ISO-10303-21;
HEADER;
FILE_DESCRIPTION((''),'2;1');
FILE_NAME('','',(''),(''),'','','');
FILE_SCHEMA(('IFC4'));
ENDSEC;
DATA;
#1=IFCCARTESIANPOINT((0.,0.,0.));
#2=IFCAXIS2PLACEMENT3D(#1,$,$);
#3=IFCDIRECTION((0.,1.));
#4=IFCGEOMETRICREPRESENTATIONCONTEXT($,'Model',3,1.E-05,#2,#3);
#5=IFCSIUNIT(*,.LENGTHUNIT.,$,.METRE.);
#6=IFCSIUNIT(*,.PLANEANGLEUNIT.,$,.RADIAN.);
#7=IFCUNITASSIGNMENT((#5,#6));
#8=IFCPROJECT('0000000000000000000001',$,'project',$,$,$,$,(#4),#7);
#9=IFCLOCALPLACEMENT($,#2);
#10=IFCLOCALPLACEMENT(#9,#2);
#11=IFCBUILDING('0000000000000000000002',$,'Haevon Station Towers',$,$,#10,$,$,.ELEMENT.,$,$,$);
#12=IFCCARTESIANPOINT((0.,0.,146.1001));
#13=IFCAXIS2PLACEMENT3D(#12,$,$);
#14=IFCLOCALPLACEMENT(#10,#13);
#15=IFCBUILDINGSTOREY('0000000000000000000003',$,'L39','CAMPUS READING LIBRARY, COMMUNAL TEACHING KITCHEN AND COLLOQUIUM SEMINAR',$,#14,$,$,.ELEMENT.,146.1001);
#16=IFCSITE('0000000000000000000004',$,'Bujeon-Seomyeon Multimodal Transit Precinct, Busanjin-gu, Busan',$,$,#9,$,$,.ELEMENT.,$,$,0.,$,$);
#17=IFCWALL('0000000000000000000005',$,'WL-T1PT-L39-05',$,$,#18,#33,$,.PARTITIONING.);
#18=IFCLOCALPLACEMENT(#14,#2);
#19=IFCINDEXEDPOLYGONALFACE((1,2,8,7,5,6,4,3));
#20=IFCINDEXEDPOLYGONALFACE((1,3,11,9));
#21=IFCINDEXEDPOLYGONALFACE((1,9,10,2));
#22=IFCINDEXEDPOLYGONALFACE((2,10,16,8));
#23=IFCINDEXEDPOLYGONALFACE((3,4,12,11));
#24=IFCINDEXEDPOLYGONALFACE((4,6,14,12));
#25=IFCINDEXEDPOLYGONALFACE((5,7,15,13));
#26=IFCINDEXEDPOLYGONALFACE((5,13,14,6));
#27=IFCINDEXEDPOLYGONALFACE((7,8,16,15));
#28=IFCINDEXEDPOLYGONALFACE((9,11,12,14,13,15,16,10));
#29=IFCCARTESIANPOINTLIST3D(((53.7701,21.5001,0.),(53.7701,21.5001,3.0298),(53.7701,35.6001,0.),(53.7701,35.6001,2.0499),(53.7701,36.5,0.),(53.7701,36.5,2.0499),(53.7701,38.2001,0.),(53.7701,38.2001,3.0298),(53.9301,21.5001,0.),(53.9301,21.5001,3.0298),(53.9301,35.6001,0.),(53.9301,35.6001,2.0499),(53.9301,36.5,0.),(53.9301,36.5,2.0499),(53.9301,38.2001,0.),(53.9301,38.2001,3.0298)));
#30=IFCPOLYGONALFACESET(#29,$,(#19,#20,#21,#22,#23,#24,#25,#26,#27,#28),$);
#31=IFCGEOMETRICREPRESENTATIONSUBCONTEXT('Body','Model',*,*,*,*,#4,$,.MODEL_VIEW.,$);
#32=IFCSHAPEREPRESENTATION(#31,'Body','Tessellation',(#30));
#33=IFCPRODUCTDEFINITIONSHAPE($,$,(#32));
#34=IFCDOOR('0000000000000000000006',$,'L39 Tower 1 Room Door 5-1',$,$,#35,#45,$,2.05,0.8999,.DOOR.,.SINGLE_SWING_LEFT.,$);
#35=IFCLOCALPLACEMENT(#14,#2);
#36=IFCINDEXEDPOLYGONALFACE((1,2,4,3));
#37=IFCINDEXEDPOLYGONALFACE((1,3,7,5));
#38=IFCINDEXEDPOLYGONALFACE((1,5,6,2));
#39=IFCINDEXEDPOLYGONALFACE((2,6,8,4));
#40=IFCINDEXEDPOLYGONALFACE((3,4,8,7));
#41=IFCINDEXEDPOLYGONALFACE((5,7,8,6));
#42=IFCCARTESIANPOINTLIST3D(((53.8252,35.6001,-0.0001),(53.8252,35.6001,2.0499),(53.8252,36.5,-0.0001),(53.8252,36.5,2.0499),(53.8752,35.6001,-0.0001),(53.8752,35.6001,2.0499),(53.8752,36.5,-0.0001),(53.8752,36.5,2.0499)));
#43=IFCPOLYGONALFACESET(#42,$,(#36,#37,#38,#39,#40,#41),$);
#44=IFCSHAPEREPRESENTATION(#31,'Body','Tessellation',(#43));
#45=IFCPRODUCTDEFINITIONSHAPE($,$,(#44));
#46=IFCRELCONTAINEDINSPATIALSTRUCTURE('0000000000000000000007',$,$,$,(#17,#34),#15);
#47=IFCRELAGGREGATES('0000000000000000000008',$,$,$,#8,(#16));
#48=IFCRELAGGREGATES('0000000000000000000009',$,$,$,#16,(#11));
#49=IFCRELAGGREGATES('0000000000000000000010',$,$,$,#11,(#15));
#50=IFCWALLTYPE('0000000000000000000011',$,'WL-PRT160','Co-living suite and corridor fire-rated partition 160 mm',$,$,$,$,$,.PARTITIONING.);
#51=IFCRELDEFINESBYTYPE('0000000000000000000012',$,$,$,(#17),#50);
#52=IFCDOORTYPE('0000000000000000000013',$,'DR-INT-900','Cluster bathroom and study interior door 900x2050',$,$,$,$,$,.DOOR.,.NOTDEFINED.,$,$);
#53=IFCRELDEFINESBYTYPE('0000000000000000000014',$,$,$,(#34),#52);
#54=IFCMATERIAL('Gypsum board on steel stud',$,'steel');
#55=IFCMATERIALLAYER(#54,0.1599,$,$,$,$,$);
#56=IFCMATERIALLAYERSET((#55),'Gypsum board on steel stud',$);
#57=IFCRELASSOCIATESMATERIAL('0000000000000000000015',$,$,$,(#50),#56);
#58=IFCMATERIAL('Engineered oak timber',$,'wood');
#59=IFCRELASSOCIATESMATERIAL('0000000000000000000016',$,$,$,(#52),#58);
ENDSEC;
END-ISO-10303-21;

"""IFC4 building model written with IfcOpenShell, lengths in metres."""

from ifc_helpers import new_model, si_unit, direction, frame, frame_2d, origin, place, context, subcontext, project, spatial, rectangle, extrude, material, layer, layer_set, type_object, element, fill, save


model = new_model("IFC4")

# Units and contexts
model_context = context("Model", 3, precision=1e-05, world=origin(), true_north=direction((0.0, 1.0)))
body_context = subcontext(model_context, "Body", "Model", "MODEL_VIEW")
ifc_project = project(units=[si_unit("LENGTHUNIT", "METRE"), si_unit("PLANEANGLEUNIT", "RADIAN")], contexts=[model_context])

# Site, building, storey
site_placement = place(None, origin())
site = spatial("IfcSite", under=ifc_project, at=site_placement, Name="Bujeon-Seomyeon Multimodal Transit Precinct, Busanjin-gu, Busan", CompositionType="ELEMENT", RefElevation=0.0)
building_placement = place(site_placement, origin())
building = spatial("IfcBuilding", under=site, at=building_placement, Name="Haevon Station Towers", CompositionType="ELEMENT")
storey_placement = place(building_placement, frame((0.0, 0.0, 146.1001)))
storey = spatial("IfcBuildingStorey", under=building, at=storey_placement, Name="L39", Description="CAMPUS READING LIBRARY, COMMUNAL TEACHING KITCHEN AND COLLOQUIUM SEMINAR", CompositionType="ELEMENT", Elevation=146.1001)

# Wall, opening, door
ifc_material_1 = material(Name="Gypsum board on steel stud", Category="steel")
ifc_layer_1 = layer(ifc_material_1, 0.1599)
ifc_layer_set_1 = layer_set([ifc_layer_1], Name="Gypsum board on steel stud")
wall_type_1 = type_object("IfcWallType", Name="WL-PRT160", Description="Co-living suite and corridor fire-rated partition 160 mm", PredefinedType="PARTITIONING", material=ifc_layer_set_1)
wall_1_placement = place(storey_placement, frame((53.8501, 21.5, 0.0), z_axis=(0.0, 0.0, 1.0), x_axis=(0.0, 1.0, 0.0)))
wall_1 = element("IfcWall", 1, at=wall_1_placement, inside=storey, type_object=wall_type_1, Name="WL-T1PT-L39-05", PredefinedType="PARTITIONING", context=body_context, shape_type="SweptSolid", body=[
    extrude(rectangle(XDim=16.7, YDim=0.1599, at=frame_2d((8.3501, 0.0))), origin(), (0.0, 0.0, 1.0), 3.0298),
])
opening_1_placement = place(wall_1_placement, frame((14.1001, 0.0, 0.0)))
opening_1 = element("IfcOpeningElement", 2, at=opening_1_placement, cuts=wall_1, PredefinedType="OPENING", context=body_context, shape_type="SweptSolid", body=[
    extrude(rectangle(XDim=0.8999, YDim=2.05, at=frame_2d((0.45, 1.0249))), frame((0.0, 0.0898, 0.0), z_axis=(0.0, -1.0, 0.0), x_axis=(1.0, 0.0, 0.0)), (0.0, 0.0, 1.0), 0.1799),
])
ifc_material_2 = material(Name="Engineered oak timber", Category="wood")
door_type_1 = type_object("IfcDoorType", Name="DR-INT-900", Description="Cluster bathroom and study interior door 900x2050", OperationType="NOTDEFINED", PredefinedType="DOOR", material=ifc_material_2)
door_1_placement = place(opening_1_placement, origin())
door_1 = element("IfcDoor", 3, at=door_1_placement, inside=storey, type_object=door_type_1, Name="L39 Tower 1 Room Door 5-1", OperationType="SINGLE_SWING_LEFT", OverallHeight=2.05, OverallWidth=0.8999, PredefinedType="DOOR", context=body_context, shape_type="SweptSolid", body=[
    extrude(rectangle(XDim=0.8999, YDim=2.05, at=frame_2d((0.45, 1.0249))), frame((0.0, 0.0249, 0.0), z_axis=(0.0, -1.0, 0.0), x_axis=(1.0, 0.0, 0.0)), (0.0, 0.0, 1.0), 0.05),
])
fill(opening_1, door_1)

save(model, "model.ifc")
